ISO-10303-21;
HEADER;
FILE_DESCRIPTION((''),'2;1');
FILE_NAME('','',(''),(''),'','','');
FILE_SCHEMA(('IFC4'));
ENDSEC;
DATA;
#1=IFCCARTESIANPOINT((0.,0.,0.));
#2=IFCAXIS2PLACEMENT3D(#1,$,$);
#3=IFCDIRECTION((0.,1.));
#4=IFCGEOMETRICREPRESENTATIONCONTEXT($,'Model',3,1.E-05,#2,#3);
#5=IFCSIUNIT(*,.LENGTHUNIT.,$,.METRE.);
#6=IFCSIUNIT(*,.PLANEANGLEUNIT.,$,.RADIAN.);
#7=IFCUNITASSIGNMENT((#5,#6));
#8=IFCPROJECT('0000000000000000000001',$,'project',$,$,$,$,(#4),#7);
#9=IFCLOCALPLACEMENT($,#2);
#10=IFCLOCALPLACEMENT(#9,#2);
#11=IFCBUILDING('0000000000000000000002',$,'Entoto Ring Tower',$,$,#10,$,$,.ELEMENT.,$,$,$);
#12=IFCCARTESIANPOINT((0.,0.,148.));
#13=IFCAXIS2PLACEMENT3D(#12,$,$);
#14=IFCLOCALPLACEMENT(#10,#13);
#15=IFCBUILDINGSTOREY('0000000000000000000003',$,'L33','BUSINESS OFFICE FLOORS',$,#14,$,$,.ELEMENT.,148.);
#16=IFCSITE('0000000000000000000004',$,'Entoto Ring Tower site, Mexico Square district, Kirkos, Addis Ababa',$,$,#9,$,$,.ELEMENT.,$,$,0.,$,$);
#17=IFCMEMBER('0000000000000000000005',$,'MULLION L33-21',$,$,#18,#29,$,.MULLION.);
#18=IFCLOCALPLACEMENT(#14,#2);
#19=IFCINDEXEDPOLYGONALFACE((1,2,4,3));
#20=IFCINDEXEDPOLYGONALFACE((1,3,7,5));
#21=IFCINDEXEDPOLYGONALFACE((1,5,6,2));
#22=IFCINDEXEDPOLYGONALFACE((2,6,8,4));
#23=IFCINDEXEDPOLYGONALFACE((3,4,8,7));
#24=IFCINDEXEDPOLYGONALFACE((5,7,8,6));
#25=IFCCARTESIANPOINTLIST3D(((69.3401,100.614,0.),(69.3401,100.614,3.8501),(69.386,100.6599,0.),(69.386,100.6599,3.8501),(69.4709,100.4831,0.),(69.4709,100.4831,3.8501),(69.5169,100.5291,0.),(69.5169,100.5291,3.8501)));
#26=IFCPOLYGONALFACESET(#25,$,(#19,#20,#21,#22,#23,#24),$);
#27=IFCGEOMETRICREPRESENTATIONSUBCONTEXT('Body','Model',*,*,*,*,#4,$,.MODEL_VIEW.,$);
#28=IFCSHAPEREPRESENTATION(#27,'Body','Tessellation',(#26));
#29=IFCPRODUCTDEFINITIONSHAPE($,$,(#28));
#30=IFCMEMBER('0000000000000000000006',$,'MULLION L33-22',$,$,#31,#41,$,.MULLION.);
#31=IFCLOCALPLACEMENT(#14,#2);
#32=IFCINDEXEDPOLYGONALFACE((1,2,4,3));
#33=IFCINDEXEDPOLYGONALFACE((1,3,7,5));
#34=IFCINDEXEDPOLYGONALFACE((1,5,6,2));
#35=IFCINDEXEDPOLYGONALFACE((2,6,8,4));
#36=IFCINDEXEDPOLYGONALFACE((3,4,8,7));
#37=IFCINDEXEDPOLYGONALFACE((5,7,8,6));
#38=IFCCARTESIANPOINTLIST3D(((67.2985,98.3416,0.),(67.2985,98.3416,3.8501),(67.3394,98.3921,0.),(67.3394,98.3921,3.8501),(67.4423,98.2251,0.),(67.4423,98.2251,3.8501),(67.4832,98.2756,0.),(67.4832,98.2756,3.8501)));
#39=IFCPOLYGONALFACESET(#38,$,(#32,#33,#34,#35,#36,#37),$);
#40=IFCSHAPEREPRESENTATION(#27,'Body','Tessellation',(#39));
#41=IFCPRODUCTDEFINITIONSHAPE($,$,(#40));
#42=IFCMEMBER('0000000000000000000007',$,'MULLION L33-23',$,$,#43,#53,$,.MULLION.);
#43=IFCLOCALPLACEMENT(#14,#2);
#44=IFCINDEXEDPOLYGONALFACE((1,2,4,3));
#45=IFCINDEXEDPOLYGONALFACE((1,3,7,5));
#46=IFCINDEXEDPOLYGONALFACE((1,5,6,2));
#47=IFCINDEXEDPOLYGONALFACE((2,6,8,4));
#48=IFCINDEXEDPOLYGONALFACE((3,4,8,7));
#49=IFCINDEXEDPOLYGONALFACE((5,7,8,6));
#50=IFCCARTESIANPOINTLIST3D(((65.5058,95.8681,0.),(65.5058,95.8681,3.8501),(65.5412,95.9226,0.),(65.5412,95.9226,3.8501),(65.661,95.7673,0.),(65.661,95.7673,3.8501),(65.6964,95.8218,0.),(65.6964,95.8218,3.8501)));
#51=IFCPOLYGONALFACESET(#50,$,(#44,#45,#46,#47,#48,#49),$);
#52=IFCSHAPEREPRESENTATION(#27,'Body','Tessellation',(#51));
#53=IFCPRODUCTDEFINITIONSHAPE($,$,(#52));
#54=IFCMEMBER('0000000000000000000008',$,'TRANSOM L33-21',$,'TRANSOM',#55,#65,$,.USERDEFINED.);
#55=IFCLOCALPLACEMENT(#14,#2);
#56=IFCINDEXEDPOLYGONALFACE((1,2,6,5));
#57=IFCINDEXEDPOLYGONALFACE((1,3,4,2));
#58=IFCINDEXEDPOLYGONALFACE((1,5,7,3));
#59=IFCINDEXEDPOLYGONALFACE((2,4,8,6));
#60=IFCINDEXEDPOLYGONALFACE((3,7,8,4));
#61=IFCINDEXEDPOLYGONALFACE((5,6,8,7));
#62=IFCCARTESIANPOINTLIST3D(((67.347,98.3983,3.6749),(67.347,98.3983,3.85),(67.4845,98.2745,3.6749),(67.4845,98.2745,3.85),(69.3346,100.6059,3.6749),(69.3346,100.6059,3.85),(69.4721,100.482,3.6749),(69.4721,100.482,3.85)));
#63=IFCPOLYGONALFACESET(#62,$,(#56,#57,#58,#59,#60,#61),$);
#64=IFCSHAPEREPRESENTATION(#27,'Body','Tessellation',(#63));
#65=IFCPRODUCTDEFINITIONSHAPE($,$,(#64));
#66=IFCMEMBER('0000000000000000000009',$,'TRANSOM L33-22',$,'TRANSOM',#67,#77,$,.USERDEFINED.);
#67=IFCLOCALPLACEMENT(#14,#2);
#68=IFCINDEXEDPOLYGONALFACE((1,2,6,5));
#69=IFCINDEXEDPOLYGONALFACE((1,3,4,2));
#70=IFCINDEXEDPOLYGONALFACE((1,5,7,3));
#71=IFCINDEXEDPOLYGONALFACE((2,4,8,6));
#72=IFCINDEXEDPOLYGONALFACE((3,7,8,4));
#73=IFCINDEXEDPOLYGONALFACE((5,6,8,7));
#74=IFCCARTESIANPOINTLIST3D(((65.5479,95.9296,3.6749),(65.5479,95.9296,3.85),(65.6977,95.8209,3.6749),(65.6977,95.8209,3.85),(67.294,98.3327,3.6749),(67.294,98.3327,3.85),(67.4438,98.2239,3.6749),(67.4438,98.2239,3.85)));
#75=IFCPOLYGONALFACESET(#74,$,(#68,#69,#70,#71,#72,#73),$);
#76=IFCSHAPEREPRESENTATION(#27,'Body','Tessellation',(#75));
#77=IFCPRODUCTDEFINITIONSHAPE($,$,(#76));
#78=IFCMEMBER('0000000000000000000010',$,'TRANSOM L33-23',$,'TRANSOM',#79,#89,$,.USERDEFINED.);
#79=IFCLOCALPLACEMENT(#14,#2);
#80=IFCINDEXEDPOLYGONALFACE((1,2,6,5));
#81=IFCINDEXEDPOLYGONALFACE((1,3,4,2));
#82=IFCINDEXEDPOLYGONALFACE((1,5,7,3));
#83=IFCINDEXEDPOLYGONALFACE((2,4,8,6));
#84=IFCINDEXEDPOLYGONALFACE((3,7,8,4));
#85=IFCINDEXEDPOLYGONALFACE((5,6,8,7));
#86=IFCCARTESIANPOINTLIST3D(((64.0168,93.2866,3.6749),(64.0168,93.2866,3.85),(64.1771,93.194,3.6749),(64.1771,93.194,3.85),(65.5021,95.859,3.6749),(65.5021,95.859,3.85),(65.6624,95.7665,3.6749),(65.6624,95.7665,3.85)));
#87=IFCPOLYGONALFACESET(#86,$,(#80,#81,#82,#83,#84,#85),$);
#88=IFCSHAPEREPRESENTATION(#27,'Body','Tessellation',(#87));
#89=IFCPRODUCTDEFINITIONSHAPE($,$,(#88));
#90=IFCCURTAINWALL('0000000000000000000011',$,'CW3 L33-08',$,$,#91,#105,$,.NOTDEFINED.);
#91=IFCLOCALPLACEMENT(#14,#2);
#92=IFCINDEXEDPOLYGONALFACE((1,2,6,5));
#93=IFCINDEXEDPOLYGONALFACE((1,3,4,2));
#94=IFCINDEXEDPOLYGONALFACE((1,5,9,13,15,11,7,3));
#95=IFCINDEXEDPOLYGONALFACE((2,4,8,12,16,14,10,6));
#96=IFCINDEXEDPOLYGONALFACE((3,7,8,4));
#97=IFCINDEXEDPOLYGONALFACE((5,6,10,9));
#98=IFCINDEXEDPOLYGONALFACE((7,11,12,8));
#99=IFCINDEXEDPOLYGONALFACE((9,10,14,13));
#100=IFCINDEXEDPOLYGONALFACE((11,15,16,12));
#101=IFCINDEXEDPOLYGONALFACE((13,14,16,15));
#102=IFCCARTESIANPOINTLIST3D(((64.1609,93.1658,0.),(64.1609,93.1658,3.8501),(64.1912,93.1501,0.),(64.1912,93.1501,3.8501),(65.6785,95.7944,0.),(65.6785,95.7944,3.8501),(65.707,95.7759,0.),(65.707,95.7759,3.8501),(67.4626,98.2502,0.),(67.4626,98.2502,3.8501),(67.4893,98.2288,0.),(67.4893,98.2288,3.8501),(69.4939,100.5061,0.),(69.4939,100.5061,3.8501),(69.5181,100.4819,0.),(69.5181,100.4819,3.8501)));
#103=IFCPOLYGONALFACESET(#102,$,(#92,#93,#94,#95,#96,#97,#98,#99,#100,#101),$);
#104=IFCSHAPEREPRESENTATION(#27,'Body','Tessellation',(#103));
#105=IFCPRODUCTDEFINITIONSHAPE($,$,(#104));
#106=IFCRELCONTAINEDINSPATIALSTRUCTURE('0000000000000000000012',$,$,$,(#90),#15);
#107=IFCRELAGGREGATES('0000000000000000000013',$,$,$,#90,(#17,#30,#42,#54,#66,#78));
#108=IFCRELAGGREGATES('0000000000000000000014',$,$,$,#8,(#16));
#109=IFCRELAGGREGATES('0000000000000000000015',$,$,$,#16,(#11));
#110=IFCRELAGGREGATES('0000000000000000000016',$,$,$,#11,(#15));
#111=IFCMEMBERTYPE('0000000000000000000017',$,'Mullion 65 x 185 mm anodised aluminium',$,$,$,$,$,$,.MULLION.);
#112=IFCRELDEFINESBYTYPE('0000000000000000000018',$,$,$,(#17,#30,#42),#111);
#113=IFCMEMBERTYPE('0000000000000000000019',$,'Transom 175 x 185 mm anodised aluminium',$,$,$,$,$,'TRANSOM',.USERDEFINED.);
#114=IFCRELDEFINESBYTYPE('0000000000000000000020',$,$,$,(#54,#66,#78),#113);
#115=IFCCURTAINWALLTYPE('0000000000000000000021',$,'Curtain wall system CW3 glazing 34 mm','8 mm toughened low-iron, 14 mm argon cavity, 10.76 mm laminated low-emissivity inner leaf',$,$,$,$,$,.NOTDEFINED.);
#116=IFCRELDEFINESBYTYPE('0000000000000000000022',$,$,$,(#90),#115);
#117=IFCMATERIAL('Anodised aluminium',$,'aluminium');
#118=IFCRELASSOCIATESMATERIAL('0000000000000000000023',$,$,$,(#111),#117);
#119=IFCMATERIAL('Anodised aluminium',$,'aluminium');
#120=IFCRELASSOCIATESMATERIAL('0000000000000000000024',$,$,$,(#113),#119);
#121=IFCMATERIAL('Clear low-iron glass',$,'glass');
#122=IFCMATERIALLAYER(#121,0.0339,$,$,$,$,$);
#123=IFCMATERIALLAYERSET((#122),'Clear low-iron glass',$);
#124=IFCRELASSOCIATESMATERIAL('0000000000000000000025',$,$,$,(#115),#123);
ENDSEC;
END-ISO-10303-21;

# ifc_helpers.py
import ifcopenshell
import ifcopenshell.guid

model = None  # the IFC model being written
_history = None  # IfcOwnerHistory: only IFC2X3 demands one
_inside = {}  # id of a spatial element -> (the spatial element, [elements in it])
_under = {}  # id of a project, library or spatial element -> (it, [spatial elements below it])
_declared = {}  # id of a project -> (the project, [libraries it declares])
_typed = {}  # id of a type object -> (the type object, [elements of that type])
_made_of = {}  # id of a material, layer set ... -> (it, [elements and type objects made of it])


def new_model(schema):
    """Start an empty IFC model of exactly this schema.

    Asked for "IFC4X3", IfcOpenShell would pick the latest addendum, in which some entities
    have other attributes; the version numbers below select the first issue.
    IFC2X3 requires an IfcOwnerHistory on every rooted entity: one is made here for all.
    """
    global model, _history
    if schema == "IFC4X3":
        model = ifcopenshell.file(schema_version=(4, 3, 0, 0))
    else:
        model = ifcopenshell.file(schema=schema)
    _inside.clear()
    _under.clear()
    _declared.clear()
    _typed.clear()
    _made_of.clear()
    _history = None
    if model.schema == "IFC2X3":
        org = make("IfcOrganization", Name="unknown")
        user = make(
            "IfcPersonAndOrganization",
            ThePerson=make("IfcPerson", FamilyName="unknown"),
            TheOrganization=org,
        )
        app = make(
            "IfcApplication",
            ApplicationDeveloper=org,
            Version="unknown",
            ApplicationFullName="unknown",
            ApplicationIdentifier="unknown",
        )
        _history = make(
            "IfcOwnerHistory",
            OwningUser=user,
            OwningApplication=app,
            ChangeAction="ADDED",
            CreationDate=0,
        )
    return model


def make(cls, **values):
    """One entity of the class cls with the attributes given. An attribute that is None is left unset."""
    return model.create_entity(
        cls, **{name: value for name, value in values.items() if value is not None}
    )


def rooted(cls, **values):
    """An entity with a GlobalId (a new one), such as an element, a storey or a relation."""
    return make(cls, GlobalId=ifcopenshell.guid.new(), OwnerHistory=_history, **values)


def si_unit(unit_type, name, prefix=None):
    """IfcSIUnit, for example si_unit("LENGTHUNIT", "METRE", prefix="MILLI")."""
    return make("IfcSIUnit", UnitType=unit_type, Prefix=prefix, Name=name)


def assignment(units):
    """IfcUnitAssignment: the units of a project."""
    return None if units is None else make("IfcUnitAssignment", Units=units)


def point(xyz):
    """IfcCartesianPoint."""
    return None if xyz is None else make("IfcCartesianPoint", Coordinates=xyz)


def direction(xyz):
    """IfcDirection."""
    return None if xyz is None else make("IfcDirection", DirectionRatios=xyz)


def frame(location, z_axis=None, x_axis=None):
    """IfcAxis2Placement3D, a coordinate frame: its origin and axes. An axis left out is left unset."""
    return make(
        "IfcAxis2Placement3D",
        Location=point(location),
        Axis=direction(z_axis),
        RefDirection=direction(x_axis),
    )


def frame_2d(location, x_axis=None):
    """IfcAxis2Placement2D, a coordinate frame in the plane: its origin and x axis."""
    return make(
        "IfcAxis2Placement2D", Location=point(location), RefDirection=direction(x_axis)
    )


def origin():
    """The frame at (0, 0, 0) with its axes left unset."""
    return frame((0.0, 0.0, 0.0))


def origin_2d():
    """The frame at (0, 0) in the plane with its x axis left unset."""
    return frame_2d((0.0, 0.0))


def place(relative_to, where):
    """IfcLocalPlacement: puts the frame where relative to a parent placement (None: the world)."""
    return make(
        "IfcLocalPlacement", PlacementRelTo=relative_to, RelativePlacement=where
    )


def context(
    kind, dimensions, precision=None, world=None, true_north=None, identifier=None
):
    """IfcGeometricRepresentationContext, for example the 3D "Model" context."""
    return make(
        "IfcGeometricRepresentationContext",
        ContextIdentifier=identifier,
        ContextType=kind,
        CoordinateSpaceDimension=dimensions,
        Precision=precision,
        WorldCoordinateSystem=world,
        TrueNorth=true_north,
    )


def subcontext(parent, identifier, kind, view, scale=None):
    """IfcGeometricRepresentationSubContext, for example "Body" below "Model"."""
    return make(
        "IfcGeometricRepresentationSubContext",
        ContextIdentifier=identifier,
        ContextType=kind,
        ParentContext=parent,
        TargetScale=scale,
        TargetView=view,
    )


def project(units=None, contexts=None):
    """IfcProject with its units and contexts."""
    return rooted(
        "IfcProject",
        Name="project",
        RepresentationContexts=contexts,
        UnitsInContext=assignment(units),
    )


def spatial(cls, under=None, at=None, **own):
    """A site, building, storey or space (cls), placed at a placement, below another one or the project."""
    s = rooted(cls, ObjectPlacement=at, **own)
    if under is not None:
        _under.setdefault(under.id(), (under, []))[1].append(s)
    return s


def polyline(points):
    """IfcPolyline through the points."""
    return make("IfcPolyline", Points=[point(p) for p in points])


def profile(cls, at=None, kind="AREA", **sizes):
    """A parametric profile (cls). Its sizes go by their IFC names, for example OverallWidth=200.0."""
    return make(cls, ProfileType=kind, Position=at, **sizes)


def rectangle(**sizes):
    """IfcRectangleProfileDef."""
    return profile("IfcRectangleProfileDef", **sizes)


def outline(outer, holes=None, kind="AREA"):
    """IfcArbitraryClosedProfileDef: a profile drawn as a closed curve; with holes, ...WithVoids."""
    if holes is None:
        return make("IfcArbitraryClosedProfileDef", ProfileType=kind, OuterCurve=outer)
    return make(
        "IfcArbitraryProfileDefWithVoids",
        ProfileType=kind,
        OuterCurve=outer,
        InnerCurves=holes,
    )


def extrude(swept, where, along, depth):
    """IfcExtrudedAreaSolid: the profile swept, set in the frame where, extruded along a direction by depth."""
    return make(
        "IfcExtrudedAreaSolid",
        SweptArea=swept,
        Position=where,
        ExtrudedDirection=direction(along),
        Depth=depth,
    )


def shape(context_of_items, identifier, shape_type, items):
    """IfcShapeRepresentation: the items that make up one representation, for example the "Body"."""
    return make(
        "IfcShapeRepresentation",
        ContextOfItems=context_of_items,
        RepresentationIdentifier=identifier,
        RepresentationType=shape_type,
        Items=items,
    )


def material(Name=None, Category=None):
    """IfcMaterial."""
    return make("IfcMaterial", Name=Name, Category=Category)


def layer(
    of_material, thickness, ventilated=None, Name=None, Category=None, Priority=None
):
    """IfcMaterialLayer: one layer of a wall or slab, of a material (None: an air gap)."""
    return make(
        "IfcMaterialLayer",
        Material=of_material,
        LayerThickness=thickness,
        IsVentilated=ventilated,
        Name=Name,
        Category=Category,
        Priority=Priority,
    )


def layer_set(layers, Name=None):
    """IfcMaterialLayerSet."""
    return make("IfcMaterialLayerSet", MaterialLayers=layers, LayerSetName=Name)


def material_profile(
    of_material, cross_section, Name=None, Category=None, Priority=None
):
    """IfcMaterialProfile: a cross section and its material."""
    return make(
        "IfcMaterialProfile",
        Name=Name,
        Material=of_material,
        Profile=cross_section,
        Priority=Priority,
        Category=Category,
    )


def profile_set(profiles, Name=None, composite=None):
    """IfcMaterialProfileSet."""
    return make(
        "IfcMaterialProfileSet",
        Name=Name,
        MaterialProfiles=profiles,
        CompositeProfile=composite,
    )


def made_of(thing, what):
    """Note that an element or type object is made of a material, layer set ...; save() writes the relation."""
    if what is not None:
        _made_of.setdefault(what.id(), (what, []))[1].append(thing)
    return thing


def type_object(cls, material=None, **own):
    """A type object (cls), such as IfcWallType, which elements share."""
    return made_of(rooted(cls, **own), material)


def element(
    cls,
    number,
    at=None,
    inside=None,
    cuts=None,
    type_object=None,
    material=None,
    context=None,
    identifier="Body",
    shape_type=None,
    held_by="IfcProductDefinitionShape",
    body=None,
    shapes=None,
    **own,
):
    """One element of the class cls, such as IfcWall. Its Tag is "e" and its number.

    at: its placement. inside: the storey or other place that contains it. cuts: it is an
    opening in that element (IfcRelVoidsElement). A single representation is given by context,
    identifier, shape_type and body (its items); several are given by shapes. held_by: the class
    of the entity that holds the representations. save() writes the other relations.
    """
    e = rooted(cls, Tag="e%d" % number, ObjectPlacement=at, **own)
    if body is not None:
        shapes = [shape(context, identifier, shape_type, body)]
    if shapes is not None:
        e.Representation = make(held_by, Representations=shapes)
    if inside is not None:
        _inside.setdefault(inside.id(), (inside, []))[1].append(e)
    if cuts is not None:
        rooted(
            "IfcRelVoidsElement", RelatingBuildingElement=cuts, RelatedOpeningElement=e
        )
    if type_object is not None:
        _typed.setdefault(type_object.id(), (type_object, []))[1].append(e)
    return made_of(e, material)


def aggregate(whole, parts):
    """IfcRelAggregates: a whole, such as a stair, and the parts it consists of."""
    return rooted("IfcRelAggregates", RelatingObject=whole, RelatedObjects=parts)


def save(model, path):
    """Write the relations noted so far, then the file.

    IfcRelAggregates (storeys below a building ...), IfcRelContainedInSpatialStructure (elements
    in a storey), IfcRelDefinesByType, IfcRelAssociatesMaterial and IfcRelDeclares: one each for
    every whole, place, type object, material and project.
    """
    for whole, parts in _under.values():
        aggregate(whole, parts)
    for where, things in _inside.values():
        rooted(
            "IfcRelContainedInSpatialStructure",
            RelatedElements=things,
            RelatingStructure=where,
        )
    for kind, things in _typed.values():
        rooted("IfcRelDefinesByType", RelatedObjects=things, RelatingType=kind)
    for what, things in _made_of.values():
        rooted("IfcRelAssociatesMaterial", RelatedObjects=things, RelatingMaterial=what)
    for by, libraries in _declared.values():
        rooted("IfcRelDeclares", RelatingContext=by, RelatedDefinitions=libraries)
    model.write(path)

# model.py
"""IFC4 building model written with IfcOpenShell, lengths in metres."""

from ifc_helpers import new_model, si_unit, direction, frame, origin, origin_2d, place, context, subcontext, project, spatial, polyline, rectangle, outline, extrude, material, layer, layer_set, material_profile, profile_set, type_object, element, aggregate, save


model = new_model("IFC4")

# Units and contexts
model_context = context("Model", 3, precision=1e-05, world=origin(), true_north=direction((0.0, 1.0)))
body_context = subcontext(model_context, "Body", "Model", "MODEL_VIEW")
ifc_project = project(units=[si_unit("LENGTHUNIT", "METRE"), si_unit("PLANEANGLEUNIT", "RADIAN")], contexts=[model_context])

# Members
ifc_material_1 = material(Name="Anodised aluminium", Category="aluminium")
ifc_material_profile_1 = material_profile(ifc_material_1, rectangle(XDim=0.0649, YDim=0.1851, at=origin_2d()), Name="Mullion 65 x 185 mm anodised aluminium")
ifc_profile_set_1 = profile_set([ifc_material_profile_1], Name="Anodised aluminium")
member_type_1 = type_object("IfcMemberType", Name="Mullion 65 x 185 mm anodised aluminium", PredefinedType="MULLION", material=ifc_profile_set_1)
site_placement = place(None, origin())
building_placement = place(site_placement, origin())
storey_placement = place(building_placement, frame((0.0, 0.0, 148.0)))
member_1_placement = place(storey_placement, frame((69.4285, 100.5715, 0.0), z_axis=(0.0, 0.0, 1.0), x_axis=(-0.707107, -0.707107, 0.0)))
member_1 = element("IfcMember", 1, at=member_1_placement, type_object=member_type_1, Name="MULLION L33-21", PredefinedType="MULLION", context=body_context, shape_type="SweptSolid", body=[
    extrude(rectangle(XDim=0.0649, YDim=0.1851, at=origin_2d()), origin(), (0.0, 0.0, 1.0), 3.8501),
])
member_2_placement = place(storey_placement, frame((67.3909, 98.3086, 0.0), z_axis=(0.0, 0.0, 1.0), x_axis=(-0.62932, -0.777146, 0.0)))
member_2 = element("IfcMember", 2, at=member_2_placement, type_object=member_type_1, Name="MULLION L33-22", PredefinedType="MULLION", context=body_context, shape_type="SweptSolid", body=[
    extrude(rectangle(XDim=0.0649, YDim=0.1851, at=origin_2d()), origin(), (0.0, 0.0, 1.0), 3.8501),
])
member_3_placement = place(storey_placement, frame((65.6011, 95.845, 0.0), z_axis=(0.0, 0.0, 1.0), x_axis=(-0.544639, -0.838671, 0.0)))
member_3 = element("IfcMember", 3, at=member_3_placement, type_object=member_type_1, Name="MULLION L33-23", PredefinedType="MULLION", context=body_context, shape_type="SweptSolid", body=[
    extrude(rectangle(XDim=0.0649, YDim=0.1851, at=origin_2d()), origin(), (0.0, 0.0, 1.0), 3.8501),
])
ifc_material_2 = material(Name="Anodised aluminium", Category="aluminium")
ifc_material_profile_2 = material_profile(ifc_material_2, rectangle(XDim=0.1851, YDim=0.175, at=origin_2d()), Name="Transom 175 x 185 mm anodised aluminium")
ifc_profile_set_2 = profile_set([ifc_material_profile_2], Name="Anodised aluminium")
member_type_2 = type_object("IfcMemberType", Name="Transom 175 x 185 mm anodised aluminium", ElementType="TRANSOM", PredefinedType="USERDEFINED", material=ifc_profile_set_2)
member_4_placement = place(storey_placement, frame((69.4033, 100.5439, 3.7625), z_axis=(-0.66911, -0.743163, 0.0), x_axis=(0.743163, -0.66911, 0.0)))
member_4 = element("IfcMember", 4, at=member_4_placement, type_object=member_type_2, Name="TRANSOM L33-21", ObjectType="TRANSOM", PredefinedType="USERDEFINED", context=body_context, shape_type="SweptSolid", body=[
    extrude(rectangle(XDim=0.1851, YDim=0.175, at=origin_2d()), origin(), (0.0, 0.0, 1.0), 2.9705),
])
member_5_placement = place(storey_placement, frame((67.3689, 98.2783, 3.7625), z_axis=(-0.58782, -0.808992, 0.0), x_axis=(0.808992, -0.58782, 0.0)))
member_5 = element("IfcMember", 5, at=member_5_placement, type_object=member_type_2, Name="TRANSOM L33-22", ObjectType="TRANSOM", PredefinedType="USERDEFINED", context=body_context, shape_type="SweptSolid", body=[
    extrude(rectangle(XDim=0.1851, YDim=0.175, at=origin_2d()), origin(), (0.0, 0.0, 1.0), 2.9705),
])
member_6_placement = place(storey_placement, frame((65.5823, 95.8127, 3.7625), z_axis=(-0.500028, -0.866009, 0.0), x_axis=(0.866009, -0.500028, 0.0)))
member_6 = element("IfcMember", 6, at=member_6_placement, type_object=member_type_2, Name="TRANSOM L33-23", ObjectType="TRANSOM", PredefinedType="USERDEFINED", context=body_context, shape_type="SweptSolid", body=[
    extrude(rectangle(XDim=0.1851, YDim=0.175, at=origin_2d()), origin(), (0.0, 0.0, 1.0), 2.9705),
])

# Site, building, storey
site = spatial("IfcSite", under=ifc_project, at=site_placement, Name="Entoto Ring Tower site, Mexico Square district, Kirkos, Addis Ababa", CompositionType="ELEMENT", RefElevation=0.0)
building = spatial("IfcBuilding", under=site, at=building_placement, Name="Entoto Ring Tower", CompositionType="ELEMENT")
storey = spatial("IfcBuildingStorey", under=building, at=storey_placement, Name="L33", Description="BUSINESS OFFICE FLOORS", CompositionType="ELEMENT", Elevation=148.0)

# Curtain wall
ifc_material_3 = material(Name="Clear low-iron glass", Category="glass")
ifc_layer = layer(ifc_material_3, 0.0339)
ifc_layer_set = layer_set([ifc_layer], Name="Clear low-iron glass")
curtain_wall_type = type_object("IfcCurtainWallType", Name="Curtain wall system CW3 glazing 34 mm", Description="8 mm toughened low-iron, 14 mm argon cavity, 10.76 mm laminated low-emissivity inner leaf", PredefinedType="NOTDEFINED", material=ifc_layer_set)
curtain_wall_1_placement = place(storey_placement, origin())
curtain_wall_1 = element("IfcCurtainWall", 7, at=curtain_wall_1_placement, inside=storey, type_object=curtain_wall_type, Name="CW3 L33-08", PredefinedType="NOTDEFINED", context=body_context, shape_type="SweptSolid", body=[
    extrude(outline(polyline([(69.4939, 100.5061), (67.4626, 98.2502), (65.6785, 95.7944), (64.1609, 93.1658), (64.1912, 93.1501), (65.707, 95.7759), (67.4893, 98.2288), (69.5181, 100.4819), (69.4939, 100.5061)])), origin(), (0.0, 0.0, 1.0), 3.8501),
])
aggregate(curtain_wall_1, [member_1, member_2, member_3, member_4, member_5, member_6])

save(model, "model.ifc")
